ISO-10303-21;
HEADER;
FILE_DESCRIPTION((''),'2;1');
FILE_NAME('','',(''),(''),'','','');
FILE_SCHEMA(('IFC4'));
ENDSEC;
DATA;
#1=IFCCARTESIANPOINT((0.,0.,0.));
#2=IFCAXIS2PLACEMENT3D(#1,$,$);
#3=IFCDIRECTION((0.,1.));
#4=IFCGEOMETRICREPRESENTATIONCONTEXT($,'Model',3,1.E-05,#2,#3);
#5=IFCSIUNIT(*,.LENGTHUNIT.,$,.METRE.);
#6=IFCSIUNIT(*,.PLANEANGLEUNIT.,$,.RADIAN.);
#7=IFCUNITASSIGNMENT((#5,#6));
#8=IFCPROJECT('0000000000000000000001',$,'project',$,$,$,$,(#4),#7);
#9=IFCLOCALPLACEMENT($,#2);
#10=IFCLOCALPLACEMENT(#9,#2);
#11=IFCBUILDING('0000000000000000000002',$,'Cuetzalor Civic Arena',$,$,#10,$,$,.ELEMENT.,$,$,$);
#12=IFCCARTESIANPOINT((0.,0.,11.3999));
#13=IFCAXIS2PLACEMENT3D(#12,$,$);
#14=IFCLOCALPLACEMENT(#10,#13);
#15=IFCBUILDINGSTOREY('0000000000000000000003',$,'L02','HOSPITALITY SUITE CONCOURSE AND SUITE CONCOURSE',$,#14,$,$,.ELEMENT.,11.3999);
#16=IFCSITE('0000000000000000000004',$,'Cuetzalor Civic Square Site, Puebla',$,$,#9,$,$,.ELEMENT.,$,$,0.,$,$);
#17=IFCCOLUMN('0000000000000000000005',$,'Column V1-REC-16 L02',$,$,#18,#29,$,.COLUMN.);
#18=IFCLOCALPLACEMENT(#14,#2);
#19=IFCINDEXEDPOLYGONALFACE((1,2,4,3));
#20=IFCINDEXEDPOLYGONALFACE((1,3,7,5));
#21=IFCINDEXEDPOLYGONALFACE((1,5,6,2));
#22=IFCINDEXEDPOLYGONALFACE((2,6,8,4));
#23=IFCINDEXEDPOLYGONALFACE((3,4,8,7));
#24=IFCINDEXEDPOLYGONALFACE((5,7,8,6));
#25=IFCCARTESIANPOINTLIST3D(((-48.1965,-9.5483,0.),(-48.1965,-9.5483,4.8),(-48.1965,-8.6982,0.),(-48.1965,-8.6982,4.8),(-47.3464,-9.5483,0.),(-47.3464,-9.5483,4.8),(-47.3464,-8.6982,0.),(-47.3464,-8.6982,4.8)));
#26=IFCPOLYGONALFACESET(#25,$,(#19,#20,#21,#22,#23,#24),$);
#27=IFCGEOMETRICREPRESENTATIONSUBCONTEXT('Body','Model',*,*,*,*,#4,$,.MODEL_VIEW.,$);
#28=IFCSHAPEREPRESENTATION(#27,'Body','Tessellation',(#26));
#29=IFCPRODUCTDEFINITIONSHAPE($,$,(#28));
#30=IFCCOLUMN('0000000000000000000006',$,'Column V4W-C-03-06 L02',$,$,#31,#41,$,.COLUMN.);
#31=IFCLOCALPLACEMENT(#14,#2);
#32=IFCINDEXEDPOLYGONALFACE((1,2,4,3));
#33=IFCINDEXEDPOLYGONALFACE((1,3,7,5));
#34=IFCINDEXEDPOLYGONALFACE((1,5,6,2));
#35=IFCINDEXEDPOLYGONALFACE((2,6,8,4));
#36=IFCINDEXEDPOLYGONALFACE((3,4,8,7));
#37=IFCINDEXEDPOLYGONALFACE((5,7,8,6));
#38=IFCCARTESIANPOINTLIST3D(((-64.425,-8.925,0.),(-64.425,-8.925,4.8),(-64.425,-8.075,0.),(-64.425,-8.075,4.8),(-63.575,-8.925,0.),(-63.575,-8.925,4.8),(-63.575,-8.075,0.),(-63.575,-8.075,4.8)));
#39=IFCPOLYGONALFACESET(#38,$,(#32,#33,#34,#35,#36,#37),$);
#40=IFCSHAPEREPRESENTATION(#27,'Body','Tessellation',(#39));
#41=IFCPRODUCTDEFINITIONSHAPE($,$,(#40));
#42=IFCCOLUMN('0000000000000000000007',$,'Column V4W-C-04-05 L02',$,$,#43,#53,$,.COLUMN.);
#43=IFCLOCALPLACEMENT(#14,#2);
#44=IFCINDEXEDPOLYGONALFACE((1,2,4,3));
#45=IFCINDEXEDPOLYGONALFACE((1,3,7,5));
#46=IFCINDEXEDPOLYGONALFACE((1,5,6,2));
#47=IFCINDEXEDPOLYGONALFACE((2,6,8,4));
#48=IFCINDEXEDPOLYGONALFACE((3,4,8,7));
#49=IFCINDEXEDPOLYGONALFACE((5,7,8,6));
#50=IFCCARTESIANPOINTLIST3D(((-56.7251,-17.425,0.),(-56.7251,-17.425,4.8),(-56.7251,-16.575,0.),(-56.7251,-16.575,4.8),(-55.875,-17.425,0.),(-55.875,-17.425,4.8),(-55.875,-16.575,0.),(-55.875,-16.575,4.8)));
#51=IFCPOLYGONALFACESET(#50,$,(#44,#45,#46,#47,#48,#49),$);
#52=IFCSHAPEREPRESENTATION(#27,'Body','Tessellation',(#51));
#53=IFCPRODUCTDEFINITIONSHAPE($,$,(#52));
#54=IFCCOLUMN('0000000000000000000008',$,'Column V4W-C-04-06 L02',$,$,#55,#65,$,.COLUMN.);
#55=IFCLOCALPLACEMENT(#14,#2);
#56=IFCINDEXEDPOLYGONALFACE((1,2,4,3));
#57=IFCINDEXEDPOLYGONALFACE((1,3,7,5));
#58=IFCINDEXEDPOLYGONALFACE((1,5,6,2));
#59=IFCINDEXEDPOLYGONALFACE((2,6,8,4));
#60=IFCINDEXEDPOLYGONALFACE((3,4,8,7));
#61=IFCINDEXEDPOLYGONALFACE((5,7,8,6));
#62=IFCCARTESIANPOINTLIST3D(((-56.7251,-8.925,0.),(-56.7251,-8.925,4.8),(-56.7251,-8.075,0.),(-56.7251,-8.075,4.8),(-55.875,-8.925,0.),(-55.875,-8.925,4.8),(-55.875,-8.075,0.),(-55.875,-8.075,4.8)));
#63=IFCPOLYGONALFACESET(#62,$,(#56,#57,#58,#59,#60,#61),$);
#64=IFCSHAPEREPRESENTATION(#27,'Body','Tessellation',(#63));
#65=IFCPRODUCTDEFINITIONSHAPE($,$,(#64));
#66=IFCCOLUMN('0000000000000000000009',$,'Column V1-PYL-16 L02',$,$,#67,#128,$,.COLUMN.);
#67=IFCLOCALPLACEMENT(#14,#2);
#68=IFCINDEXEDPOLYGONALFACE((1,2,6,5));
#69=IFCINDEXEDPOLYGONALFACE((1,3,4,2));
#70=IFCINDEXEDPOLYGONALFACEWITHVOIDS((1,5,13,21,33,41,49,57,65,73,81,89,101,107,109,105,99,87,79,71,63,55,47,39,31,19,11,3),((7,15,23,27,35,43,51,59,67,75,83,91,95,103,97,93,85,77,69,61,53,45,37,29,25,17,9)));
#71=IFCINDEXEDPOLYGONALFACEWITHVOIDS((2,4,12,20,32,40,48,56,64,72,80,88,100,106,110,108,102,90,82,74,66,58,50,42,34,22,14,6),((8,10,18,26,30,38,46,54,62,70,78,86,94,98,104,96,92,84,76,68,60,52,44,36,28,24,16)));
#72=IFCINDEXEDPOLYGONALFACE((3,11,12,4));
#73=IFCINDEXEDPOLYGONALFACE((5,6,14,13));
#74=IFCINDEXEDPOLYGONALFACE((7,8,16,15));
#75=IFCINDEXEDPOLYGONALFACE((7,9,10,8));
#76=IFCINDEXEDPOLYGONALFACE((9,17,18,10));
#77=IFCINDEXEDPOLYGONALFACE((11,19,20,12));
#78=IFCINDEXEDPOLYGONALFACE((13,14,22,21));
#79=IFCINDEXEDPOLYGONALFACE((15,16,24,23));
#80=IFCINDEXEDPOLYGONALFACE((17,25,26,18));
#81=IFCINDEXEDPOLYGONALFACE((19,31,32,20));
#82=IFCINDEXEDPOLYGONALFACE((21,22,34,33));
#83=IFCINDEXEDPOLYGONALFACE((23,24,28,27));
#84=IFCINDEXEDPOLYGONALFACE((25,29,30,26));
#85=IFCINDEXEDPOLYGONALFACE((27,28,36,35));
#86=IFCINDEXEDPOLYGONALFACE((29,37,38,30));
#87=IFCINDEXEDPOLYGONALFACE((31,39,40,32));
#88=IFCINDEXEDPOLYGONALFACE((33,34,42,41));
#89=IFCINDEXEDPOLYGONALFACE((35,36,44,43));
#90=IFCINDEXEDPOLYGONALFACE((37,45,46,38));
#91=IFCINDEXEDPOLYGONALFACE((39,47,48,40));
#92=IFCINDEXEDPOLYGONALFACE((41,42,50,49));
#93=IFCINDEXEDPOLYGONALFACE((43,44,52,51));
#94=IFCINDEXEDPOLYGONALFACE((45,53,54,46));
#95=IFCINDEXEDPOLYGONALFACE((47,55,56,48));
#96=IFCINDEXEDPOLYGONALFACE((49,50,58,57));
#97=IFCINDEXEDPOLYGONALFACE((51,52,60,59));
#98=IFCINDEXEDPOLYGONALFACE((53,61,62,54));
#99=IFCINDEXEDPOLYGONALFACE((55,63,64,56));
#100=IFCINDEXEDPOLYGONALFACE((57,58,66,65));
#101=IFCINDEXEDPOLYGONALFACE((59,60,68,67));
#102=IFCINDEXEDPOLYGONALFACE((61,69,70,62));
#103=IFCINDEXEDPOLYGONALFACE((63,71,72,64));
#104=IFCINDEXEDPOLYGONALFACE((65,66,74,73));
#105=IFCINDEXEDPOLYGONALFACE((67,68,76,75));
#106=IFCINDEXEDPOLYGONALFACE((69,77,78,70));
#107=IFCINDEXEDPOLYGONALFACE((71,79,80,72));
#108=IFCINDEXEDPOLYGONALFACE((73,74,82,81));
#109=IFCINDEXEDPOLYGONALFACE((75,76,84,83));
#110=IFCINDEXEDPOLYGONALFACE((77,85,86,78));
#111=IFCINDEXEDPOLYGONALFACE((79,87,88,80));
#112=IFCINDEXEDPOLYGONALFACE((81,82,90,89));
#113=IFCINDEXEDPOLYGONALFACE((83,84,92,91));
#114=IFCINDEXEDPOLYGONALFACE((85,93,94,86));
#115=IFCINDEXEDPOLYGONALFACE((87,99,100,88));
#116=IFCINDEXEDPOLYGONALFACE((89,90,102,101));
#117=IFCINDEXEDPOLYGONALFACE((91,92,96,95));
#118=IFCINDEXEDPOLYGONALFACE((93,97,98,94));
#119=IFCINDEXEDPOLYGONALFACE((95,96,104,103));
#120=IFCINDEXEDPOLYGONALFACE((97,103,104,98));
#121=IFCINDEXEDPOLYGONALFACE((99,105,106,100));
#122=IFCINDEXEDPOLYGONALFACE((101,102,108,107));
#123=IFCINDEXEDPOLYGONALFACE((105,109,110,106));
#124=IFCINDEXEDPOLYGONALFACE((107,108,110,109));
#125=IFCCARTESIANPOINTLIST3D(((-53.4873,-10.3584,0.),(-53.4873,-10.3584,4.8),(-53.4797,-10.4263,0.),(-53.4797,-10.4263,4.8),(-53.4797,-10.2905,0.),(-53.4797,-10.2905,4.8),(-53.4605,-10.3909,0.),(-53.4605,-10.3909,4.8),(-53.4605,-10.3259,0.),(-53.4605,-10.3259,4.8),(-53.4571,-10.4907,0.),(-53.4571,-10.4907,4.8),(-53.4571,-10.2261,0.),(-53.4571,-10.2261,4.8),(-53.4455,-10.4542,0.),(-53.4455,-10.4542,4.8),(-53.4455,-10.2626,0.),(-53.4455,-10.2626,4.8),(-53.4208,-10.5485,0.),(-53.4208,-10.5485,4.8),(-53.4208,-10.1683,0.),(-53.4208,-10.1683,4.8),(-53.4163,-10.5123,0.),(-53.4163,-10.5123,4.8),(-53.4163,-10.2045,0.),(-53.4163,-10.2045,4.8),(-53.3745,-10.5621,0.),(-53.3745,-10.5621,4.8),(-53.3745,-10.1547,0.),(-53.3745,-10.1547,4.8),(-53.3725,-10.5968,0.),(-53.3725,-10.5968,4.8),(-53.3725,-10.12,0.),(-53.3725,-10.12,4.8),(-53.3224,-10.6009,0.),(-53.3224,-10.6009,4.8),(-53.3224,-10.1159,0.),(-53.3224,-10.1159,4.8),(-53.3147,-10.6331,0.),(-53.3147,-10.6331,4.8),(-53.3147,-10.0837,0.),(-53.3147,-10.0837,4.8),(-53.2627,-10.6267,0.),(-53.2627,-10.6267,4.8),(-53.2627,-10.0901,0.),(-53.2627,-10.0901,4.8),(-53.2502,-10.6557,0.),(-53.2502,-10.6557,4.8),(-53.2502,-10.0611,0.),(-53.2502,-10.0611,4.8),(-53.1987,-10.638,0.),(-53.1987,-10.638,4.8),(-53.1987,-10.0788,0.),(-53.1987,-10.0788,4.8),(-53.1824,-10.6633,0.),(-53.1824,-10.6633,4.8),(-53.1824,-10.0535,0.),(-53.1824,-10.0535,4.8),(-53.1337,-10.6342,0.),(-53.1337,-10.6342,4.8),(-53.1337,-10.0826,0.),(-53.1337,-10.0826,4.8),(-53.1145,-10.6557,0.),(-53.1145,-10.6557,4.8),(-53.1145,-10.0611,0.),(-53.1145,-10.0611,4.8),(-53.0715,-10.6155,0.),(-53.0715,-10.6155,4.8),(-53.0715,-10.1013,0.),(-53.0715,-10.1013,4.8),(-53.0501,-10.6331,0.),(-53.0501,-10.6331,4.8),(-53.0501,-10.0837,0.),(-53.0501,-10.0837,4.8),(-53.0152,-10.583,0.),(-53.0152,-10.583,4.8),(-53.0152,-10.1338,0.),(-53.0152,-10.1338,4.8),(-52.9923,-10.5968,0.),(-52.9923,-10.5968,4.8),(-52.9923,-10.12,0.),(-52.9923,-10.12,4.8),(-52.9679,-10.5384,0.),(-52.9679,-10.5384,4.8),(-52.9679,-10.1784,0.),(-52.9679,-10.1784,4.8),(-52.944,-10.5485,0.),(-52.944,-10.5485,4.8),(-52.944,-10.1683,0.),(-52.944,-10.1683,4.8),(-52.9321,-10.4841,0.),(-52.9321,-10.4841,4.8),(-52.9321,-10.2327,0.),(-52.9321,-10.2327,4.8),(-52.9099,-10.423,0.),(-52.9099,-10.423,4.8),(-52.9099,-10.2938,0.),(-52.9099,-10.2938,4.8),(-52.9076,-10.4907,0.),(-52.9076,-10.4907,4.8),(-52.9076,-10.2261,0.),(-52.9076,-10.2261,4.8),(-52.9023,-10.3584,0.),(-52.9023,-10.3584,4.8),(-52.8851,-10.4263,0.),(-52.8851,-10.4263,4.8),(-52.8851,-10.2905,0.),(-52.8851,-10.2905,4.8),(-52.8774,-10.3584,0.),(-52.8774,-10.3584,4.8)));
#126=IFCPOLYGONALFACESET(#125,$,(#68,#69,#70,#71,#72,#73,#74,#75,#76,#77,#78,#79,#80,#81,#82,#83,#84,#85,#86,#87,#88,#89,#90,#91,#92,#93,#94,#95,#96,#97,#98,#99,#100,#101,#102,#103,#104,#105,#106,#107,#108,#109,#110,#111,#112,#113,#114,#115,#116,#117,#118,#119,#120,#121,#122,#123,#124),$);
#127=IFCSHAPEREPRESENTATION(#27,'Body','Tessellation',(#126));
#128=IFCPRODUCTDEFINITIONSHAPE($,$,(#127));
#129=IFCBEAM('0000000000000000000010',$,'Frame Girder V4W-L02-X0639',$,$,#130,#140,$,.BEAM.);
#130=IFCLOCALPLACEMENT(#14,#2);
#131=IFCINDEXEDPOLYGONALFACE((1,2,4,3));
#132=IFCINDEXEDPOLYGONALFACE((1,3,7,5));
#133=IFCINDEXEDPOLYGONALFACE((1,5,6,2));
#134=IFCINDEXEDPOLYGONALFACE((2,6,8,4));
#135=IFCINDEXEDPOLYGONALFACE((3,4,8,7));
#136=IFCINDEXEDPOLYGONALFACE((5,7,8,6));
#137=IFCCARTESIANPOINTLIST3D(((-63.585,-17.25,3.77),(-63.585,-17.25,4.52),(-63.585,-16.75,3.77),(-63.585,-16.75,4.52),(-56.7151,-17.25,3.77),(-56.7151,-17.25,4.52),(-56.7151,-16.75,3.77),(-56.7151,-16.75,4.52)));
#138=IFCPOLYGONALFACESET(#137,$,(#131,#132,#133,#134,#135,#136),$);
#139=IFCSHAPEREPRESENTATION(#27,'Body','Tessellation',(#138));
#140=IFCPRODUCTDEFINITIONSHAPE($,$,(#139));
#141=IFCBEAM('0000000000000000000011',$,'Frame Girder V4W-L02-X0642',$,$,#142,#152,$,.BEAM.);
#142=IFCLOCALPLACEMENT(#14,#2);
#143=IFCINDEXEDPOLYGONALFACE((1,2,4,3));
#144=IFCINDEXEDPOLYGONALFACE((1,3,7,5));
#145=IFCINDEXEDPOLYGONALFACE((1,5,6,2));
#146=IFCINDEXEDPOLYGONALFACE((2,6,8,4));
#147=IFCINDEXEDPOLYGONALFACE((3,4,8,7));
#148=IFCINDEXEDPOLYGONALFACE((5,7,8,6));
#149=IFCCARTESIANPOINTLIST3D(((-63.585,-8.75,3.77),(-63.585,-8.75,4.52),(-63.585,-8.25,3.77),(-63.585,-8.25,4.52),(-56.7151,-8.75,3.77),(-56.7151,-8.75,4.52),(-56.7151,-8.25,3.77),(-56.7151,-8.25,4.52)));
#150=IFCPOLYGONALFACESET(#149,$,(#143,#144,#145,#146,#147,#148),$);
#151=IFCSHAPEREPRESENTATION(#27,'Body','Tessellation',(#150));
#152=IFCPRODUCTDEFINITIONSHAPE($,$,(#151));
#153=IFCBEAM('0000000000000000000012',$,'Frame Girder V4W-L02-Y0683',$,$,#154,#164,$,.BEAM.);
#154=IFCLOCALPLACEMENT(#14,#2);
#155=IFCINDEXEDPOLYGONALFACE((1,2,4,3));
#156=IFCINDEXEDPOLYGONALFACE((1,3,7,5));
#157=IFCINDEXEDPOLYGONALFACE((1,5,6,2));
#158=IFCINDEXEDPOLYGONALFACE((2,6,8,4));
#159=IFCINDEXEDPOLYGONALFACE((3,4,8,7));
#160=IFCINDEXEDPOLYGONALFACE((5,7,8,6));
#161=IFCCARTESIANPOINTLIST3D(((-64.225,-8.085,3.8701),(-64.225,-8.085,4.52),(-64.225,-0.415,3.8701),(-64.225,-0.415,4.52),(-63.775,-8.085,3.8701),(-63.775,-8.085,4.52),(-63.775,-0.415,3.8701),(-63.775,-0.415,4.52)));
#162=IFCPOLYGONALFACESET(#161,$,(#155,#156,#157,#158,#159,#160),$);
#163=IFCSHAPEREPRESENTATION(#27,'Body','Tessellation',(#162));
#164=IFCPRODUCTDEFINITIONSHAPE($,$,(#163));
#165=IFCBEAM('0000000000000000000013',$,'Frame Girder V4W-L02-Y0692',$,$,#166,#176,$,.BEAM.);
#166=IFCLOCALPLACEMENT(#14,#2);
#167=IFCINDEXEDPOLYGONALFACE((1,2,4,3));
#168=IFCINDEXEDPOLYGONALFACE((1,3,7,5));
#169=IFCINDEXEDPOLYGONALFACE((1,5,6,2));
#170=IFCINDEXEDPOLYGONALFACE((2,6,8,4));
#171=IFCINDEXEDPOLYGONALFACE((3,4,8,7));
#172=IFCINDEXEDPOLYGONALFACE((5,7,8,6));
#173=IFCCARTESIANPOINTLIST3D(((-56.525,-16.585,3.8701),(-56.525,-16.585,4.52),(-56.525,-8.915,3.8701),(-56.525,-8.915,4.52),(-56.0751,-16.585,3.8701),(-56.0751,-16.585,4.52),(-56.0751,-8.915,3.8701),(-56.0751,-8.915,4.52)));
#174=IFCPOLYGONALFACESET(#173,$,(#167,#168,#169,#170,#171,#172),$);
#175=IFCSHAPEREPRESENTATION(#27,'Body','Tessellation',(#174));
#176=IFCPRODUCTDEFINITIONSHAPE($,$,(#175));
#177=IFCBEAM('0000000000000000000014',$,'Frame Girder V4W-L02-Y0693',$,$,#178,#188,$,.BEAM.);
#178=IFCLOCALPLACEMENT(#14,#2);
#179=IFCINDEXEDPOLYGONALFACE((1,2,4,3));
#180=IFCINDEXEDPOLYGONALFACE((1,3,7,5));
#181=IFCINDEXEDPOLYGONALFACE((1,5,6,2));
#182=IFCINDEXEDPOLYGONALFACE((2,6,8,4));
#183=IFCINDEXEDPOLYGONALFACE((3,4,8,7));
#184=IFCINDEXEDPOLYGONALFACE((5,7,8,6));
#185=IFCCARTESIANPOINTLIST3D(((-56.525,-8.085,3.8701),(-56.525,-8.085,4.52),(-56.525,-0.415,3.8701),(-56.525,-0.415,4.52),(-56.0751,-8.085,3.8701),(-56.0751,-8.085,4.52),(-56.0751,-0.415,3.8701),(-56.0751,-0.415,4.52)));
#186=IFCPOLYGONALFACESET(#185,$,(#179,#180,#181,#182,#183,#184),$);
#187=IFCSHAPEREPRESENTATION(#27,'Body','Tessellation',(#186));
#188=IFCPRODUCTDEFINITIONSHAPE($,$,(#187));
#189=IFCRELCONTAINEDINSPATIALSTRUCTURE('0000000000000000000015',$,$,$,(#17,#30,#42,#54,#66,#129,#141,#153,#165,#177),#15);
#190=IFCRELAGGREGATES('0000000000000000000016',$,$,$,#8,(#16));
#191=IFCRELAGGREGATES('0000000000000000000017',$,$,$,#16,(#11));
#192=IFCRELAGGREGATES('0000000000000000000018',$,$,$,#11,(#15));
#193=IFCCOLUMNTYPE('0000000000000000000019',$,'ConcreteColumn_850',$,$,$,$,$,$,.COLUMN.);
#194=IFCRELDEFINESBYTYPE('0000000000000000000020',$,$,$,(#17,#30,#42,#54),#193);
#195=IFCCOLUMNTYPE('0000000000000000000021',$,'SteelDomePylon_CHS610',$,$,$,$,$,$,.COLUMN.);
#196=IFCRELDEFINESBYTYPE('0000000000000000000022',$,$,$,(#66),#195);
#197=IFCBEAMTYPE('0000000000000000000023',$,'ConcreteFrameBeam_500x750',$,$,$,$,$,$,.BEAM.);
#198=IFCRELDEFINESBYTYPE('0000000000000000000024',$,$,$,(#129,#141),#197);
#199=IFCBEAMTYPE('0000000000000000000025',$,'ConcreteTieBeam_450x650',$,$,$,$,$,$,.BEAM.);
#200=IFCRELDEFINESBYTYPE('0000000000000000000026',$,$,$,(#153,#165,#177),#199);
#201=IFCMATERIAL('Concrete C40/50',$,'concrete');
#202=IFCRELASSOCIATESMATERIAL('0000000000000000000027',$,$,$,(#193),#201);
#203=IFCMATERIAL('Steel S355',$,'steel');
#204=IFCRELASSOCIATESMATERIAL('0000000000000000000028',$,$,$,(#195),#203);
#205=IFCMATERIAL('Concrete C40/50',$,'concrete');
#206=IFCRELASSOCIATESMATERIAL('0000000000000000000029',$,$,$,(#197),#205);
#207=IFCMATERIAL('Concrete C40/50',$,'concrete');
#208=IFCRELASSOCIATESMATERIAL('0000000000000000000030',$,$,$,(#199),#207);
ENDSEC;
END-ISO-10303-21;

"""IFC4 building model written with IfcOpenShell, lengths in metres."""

from ifc_helpers import new_model, si_unit, direction, frame, origin, origin_2d, place, context, subcontext, project, spatial, rectangle, hollow_circle, extrude, material, material_profile, profile_set, type_object, element, save


model = new_model("IFC4")

# Units and contexts
model_context = context("Model", 3, precision=1e-05, world=origin(), true_north=direction((0.0, 1.0)))
body_context = subcontext(model_context, "Body", "Model", "MODEL_VIEW")
ifc_project = project(units=[si_unit("LENGTHUNIT", "METRE"), si_unit("PLANEANGLEUNIT", "RADIAN")], contexts=[model_context])

# Site, building, storey
site_placement = place(None, origin())
site = spatial("IfcSite", under=ifc_project, at=site_placement, Name="Cuetzalor Civic Square Site, Puebla", CompositionType="ELEMENT", RefElevation=0.0)
building_placement = place(site_placement, origin())
building = spatial("IfcBuilding", under=site, at=building_placement, Name="Cuetzalor Civic Arena", CompositionType="ELEMENT")
storey_placement = place(building_placement, frame((0.0, 0.0, 11.3999)))
storey = spatial("IfcBuildingStorey", under=building, at=storey_placement, Name="L02", Description="HOSPITALITY SUITE CONCOURSE AND SUITE CONCOURSE", CompositionType="ELEMENT", Elevation=11.3999)

# Columns
ifc_material_1 = material(Name="Concrete C40/50", Category="concrete")
ifc_material_profile_1 = material_profile(ifc_material_1, rectangle(XDim=0.8501, YDim=0.8501, at=origin_2d()), Name="RC 850x850")
ifc_profile_set_1 = profile_set([ifc_material_profile_1], Name="Concrete C40/50")
column_type_1 = type_object("IfcColumnType", Name="ConcreteColumn_850", PredefinedType="COLUMN", material=ifc_profile_set_1)
for number, where, z_axis, x_axis, name in (
    (1, (-47.7715, -9.1233, 0.0), (0.0, 0.0, 1.0), (1.0, 0.0, 0.0), "Column V1-REC-16 L02"),
    (2, (-64.0, -8.5, 0.0), (0.0, 0.0, 1.0), (1.0, 0.0, 0.0), "Column V4W-C-03-06 L02"),
    (3, (-56.3, -17.0, 0.0), (0.0, 0.0, 1.0), (1.0, 0.0, 0.0), "Column V4W-C-04-05 L02"),
    (4, (-56.3, -8.5, 0.0), (0.0, 0.0, 1.0), (1.0, 0.0, 0.0), "Column V4W-C-04-06 L02"),
):
    element("IfcColumn", number, at=place(storey_placement, frame(where, z_axis=z_axis, x_axis=x_axis)), inside=storey, type_object=column_type_1, Name=name, PredefinedType="COLUMN", context=body_context, shape_type="SweptSolid", body=[
        extrude(rectangle(XDim=0.8501, YDim=0.8501, at=origin_2d()), origin(), (0.0, 0.0, 1.0), 4.8),
    ])
ifc_material_2 = material(Name="Steel S355", Category="steel")
ifc_material_profile_2 = material_profile(ifc_material_2, hollow_circle(Radius=0.3049, WallThickness=0.0249, at=origin_2d()), Name="CHS 610x25")
ifc_profile_set_2 = profile_set([ifc_material_profile_2], Name="Steel S355")
column_type_2 = type_object("IfcColumnType", Name="SteelDomePylon_CHS610", PredefinedType="COLUMN", material=ifc_profile_set_2)
column_placement = place(storey_placement, frame((-53.1824, -10.3584, 0.0), z_axis=(0.0, 0.0, 1.0), x_axis=(1.0, 0.0, 0.0)))
element("IfcColumn", 5, at=column_placement, inside=storey, type_object=column_type_2, Name="Column V1-PYL-16 L02", PredefinedType="COLUMN", context=body_context, shape_type="SweptSolid", body=[
    extrude(hollow_circle(Radius=0.3049, WallThickness=0.0249, at=origin_2d()), origin(), (0.0, 0.0, 1.0), 4.8),
])

# Beams
ifc_material_3 = material(Name="Concrete C40/50", Category="concrete")
ifc_material_profile_3 = material_profile(ifc_material_3, rectangle(XDim=0.5, YDim=0.75, at=origin_2d()), Name="RC 500x750")
ifc_profile_set_3 = profile_set([ifc_material_profile_3], Name="Concrete C40/50")
beam_type_1 = type_object("IfcBeamType", Name="ConcreteFrameBeam_500x750", PredefinedType="BEAM", material=ifc_profile_set_3)
for number, where, z_axis, x_axis, name in (
    (6, (-63.585, -17.0, 4.145), (1.0, 0.0, 0.0), (0.0, 1.0, 0.0), "Frame Girder V4W-L02-X0639"),
    (7, (-63.585, -8.5, 4.145), (1.0, 0.0, 0.0), (0.0, 1.0, 0.0), "Frame Girder V4W-L02-X0642"),
):
    element("IfcBeam", number, at=place(storey_placement, frame(where, z_axis=z_axis, x_axis=x_axis)), inside=storey, type_object=beam_type_1, Name=name, PredefinedType="BEAM", context=body_context, shape_type="SweptSolid", body=[
        extrude(rectangle(XDim=0.5, YDim=0.75, at=origin_2d()), origin(), (0.0, 0.0, 1.0), 6.8699),
    ])
ifc_material_4 = material(Name="Concrete C40/50", Category="concrete")
ifc_material_profile_4 = material_profile(ifc_material_4, rectangle(XDim=0.45, YDim=0.6499, at=origin_2d()), Name="RC 450x650")
ifc_profile_set_4 = profile_set([ifc_material_profile_4], Name="Concrete C40/50")
beam_type_2 = type_object("IfcBeamType", Name="ConcreteTieBeam_450x650", PredefinedType="BEAM", material=ifc_profile_set_4)
for number, where, z_axis, x_axis, name in (
    (8, (-64.0, -8.085, 4.1951), (0.0, 1.0, 0.0), (-1.0, 0.0, 0.0), "Frame Girder V4W-L02-Y0683"),
    (9, (-56.3, -16.585, 4.1951), (0.0, 1.0, 0.0), (-1.0, 0.0, 0.0), "Frame Girder V4W-L02-Y0692"),
    (10, (-56.3, -8.085, 4.1951), (0.0, 1.0, 0.0), (-1.0, 0.0, 0.0), "Frame Girder V4W-L02-Y0693"),
):
    element("IfcBeam", number, at=place(storey_placement, frame(where, z_axis=z_axis, x_axis=x_axis)), inside=storey, type_object=beam_type_2, Name=name, PredefinedType="BEAM", context=body_context, shape_type="SweptSolid", body=[
        extrude(rectangle(XDim=0.45, YDim=0.6499, at=origin_2d()), origin(), (0.0, 0.0, 1.0), 7.6699),
    ])

save(model, "model.ifc")
